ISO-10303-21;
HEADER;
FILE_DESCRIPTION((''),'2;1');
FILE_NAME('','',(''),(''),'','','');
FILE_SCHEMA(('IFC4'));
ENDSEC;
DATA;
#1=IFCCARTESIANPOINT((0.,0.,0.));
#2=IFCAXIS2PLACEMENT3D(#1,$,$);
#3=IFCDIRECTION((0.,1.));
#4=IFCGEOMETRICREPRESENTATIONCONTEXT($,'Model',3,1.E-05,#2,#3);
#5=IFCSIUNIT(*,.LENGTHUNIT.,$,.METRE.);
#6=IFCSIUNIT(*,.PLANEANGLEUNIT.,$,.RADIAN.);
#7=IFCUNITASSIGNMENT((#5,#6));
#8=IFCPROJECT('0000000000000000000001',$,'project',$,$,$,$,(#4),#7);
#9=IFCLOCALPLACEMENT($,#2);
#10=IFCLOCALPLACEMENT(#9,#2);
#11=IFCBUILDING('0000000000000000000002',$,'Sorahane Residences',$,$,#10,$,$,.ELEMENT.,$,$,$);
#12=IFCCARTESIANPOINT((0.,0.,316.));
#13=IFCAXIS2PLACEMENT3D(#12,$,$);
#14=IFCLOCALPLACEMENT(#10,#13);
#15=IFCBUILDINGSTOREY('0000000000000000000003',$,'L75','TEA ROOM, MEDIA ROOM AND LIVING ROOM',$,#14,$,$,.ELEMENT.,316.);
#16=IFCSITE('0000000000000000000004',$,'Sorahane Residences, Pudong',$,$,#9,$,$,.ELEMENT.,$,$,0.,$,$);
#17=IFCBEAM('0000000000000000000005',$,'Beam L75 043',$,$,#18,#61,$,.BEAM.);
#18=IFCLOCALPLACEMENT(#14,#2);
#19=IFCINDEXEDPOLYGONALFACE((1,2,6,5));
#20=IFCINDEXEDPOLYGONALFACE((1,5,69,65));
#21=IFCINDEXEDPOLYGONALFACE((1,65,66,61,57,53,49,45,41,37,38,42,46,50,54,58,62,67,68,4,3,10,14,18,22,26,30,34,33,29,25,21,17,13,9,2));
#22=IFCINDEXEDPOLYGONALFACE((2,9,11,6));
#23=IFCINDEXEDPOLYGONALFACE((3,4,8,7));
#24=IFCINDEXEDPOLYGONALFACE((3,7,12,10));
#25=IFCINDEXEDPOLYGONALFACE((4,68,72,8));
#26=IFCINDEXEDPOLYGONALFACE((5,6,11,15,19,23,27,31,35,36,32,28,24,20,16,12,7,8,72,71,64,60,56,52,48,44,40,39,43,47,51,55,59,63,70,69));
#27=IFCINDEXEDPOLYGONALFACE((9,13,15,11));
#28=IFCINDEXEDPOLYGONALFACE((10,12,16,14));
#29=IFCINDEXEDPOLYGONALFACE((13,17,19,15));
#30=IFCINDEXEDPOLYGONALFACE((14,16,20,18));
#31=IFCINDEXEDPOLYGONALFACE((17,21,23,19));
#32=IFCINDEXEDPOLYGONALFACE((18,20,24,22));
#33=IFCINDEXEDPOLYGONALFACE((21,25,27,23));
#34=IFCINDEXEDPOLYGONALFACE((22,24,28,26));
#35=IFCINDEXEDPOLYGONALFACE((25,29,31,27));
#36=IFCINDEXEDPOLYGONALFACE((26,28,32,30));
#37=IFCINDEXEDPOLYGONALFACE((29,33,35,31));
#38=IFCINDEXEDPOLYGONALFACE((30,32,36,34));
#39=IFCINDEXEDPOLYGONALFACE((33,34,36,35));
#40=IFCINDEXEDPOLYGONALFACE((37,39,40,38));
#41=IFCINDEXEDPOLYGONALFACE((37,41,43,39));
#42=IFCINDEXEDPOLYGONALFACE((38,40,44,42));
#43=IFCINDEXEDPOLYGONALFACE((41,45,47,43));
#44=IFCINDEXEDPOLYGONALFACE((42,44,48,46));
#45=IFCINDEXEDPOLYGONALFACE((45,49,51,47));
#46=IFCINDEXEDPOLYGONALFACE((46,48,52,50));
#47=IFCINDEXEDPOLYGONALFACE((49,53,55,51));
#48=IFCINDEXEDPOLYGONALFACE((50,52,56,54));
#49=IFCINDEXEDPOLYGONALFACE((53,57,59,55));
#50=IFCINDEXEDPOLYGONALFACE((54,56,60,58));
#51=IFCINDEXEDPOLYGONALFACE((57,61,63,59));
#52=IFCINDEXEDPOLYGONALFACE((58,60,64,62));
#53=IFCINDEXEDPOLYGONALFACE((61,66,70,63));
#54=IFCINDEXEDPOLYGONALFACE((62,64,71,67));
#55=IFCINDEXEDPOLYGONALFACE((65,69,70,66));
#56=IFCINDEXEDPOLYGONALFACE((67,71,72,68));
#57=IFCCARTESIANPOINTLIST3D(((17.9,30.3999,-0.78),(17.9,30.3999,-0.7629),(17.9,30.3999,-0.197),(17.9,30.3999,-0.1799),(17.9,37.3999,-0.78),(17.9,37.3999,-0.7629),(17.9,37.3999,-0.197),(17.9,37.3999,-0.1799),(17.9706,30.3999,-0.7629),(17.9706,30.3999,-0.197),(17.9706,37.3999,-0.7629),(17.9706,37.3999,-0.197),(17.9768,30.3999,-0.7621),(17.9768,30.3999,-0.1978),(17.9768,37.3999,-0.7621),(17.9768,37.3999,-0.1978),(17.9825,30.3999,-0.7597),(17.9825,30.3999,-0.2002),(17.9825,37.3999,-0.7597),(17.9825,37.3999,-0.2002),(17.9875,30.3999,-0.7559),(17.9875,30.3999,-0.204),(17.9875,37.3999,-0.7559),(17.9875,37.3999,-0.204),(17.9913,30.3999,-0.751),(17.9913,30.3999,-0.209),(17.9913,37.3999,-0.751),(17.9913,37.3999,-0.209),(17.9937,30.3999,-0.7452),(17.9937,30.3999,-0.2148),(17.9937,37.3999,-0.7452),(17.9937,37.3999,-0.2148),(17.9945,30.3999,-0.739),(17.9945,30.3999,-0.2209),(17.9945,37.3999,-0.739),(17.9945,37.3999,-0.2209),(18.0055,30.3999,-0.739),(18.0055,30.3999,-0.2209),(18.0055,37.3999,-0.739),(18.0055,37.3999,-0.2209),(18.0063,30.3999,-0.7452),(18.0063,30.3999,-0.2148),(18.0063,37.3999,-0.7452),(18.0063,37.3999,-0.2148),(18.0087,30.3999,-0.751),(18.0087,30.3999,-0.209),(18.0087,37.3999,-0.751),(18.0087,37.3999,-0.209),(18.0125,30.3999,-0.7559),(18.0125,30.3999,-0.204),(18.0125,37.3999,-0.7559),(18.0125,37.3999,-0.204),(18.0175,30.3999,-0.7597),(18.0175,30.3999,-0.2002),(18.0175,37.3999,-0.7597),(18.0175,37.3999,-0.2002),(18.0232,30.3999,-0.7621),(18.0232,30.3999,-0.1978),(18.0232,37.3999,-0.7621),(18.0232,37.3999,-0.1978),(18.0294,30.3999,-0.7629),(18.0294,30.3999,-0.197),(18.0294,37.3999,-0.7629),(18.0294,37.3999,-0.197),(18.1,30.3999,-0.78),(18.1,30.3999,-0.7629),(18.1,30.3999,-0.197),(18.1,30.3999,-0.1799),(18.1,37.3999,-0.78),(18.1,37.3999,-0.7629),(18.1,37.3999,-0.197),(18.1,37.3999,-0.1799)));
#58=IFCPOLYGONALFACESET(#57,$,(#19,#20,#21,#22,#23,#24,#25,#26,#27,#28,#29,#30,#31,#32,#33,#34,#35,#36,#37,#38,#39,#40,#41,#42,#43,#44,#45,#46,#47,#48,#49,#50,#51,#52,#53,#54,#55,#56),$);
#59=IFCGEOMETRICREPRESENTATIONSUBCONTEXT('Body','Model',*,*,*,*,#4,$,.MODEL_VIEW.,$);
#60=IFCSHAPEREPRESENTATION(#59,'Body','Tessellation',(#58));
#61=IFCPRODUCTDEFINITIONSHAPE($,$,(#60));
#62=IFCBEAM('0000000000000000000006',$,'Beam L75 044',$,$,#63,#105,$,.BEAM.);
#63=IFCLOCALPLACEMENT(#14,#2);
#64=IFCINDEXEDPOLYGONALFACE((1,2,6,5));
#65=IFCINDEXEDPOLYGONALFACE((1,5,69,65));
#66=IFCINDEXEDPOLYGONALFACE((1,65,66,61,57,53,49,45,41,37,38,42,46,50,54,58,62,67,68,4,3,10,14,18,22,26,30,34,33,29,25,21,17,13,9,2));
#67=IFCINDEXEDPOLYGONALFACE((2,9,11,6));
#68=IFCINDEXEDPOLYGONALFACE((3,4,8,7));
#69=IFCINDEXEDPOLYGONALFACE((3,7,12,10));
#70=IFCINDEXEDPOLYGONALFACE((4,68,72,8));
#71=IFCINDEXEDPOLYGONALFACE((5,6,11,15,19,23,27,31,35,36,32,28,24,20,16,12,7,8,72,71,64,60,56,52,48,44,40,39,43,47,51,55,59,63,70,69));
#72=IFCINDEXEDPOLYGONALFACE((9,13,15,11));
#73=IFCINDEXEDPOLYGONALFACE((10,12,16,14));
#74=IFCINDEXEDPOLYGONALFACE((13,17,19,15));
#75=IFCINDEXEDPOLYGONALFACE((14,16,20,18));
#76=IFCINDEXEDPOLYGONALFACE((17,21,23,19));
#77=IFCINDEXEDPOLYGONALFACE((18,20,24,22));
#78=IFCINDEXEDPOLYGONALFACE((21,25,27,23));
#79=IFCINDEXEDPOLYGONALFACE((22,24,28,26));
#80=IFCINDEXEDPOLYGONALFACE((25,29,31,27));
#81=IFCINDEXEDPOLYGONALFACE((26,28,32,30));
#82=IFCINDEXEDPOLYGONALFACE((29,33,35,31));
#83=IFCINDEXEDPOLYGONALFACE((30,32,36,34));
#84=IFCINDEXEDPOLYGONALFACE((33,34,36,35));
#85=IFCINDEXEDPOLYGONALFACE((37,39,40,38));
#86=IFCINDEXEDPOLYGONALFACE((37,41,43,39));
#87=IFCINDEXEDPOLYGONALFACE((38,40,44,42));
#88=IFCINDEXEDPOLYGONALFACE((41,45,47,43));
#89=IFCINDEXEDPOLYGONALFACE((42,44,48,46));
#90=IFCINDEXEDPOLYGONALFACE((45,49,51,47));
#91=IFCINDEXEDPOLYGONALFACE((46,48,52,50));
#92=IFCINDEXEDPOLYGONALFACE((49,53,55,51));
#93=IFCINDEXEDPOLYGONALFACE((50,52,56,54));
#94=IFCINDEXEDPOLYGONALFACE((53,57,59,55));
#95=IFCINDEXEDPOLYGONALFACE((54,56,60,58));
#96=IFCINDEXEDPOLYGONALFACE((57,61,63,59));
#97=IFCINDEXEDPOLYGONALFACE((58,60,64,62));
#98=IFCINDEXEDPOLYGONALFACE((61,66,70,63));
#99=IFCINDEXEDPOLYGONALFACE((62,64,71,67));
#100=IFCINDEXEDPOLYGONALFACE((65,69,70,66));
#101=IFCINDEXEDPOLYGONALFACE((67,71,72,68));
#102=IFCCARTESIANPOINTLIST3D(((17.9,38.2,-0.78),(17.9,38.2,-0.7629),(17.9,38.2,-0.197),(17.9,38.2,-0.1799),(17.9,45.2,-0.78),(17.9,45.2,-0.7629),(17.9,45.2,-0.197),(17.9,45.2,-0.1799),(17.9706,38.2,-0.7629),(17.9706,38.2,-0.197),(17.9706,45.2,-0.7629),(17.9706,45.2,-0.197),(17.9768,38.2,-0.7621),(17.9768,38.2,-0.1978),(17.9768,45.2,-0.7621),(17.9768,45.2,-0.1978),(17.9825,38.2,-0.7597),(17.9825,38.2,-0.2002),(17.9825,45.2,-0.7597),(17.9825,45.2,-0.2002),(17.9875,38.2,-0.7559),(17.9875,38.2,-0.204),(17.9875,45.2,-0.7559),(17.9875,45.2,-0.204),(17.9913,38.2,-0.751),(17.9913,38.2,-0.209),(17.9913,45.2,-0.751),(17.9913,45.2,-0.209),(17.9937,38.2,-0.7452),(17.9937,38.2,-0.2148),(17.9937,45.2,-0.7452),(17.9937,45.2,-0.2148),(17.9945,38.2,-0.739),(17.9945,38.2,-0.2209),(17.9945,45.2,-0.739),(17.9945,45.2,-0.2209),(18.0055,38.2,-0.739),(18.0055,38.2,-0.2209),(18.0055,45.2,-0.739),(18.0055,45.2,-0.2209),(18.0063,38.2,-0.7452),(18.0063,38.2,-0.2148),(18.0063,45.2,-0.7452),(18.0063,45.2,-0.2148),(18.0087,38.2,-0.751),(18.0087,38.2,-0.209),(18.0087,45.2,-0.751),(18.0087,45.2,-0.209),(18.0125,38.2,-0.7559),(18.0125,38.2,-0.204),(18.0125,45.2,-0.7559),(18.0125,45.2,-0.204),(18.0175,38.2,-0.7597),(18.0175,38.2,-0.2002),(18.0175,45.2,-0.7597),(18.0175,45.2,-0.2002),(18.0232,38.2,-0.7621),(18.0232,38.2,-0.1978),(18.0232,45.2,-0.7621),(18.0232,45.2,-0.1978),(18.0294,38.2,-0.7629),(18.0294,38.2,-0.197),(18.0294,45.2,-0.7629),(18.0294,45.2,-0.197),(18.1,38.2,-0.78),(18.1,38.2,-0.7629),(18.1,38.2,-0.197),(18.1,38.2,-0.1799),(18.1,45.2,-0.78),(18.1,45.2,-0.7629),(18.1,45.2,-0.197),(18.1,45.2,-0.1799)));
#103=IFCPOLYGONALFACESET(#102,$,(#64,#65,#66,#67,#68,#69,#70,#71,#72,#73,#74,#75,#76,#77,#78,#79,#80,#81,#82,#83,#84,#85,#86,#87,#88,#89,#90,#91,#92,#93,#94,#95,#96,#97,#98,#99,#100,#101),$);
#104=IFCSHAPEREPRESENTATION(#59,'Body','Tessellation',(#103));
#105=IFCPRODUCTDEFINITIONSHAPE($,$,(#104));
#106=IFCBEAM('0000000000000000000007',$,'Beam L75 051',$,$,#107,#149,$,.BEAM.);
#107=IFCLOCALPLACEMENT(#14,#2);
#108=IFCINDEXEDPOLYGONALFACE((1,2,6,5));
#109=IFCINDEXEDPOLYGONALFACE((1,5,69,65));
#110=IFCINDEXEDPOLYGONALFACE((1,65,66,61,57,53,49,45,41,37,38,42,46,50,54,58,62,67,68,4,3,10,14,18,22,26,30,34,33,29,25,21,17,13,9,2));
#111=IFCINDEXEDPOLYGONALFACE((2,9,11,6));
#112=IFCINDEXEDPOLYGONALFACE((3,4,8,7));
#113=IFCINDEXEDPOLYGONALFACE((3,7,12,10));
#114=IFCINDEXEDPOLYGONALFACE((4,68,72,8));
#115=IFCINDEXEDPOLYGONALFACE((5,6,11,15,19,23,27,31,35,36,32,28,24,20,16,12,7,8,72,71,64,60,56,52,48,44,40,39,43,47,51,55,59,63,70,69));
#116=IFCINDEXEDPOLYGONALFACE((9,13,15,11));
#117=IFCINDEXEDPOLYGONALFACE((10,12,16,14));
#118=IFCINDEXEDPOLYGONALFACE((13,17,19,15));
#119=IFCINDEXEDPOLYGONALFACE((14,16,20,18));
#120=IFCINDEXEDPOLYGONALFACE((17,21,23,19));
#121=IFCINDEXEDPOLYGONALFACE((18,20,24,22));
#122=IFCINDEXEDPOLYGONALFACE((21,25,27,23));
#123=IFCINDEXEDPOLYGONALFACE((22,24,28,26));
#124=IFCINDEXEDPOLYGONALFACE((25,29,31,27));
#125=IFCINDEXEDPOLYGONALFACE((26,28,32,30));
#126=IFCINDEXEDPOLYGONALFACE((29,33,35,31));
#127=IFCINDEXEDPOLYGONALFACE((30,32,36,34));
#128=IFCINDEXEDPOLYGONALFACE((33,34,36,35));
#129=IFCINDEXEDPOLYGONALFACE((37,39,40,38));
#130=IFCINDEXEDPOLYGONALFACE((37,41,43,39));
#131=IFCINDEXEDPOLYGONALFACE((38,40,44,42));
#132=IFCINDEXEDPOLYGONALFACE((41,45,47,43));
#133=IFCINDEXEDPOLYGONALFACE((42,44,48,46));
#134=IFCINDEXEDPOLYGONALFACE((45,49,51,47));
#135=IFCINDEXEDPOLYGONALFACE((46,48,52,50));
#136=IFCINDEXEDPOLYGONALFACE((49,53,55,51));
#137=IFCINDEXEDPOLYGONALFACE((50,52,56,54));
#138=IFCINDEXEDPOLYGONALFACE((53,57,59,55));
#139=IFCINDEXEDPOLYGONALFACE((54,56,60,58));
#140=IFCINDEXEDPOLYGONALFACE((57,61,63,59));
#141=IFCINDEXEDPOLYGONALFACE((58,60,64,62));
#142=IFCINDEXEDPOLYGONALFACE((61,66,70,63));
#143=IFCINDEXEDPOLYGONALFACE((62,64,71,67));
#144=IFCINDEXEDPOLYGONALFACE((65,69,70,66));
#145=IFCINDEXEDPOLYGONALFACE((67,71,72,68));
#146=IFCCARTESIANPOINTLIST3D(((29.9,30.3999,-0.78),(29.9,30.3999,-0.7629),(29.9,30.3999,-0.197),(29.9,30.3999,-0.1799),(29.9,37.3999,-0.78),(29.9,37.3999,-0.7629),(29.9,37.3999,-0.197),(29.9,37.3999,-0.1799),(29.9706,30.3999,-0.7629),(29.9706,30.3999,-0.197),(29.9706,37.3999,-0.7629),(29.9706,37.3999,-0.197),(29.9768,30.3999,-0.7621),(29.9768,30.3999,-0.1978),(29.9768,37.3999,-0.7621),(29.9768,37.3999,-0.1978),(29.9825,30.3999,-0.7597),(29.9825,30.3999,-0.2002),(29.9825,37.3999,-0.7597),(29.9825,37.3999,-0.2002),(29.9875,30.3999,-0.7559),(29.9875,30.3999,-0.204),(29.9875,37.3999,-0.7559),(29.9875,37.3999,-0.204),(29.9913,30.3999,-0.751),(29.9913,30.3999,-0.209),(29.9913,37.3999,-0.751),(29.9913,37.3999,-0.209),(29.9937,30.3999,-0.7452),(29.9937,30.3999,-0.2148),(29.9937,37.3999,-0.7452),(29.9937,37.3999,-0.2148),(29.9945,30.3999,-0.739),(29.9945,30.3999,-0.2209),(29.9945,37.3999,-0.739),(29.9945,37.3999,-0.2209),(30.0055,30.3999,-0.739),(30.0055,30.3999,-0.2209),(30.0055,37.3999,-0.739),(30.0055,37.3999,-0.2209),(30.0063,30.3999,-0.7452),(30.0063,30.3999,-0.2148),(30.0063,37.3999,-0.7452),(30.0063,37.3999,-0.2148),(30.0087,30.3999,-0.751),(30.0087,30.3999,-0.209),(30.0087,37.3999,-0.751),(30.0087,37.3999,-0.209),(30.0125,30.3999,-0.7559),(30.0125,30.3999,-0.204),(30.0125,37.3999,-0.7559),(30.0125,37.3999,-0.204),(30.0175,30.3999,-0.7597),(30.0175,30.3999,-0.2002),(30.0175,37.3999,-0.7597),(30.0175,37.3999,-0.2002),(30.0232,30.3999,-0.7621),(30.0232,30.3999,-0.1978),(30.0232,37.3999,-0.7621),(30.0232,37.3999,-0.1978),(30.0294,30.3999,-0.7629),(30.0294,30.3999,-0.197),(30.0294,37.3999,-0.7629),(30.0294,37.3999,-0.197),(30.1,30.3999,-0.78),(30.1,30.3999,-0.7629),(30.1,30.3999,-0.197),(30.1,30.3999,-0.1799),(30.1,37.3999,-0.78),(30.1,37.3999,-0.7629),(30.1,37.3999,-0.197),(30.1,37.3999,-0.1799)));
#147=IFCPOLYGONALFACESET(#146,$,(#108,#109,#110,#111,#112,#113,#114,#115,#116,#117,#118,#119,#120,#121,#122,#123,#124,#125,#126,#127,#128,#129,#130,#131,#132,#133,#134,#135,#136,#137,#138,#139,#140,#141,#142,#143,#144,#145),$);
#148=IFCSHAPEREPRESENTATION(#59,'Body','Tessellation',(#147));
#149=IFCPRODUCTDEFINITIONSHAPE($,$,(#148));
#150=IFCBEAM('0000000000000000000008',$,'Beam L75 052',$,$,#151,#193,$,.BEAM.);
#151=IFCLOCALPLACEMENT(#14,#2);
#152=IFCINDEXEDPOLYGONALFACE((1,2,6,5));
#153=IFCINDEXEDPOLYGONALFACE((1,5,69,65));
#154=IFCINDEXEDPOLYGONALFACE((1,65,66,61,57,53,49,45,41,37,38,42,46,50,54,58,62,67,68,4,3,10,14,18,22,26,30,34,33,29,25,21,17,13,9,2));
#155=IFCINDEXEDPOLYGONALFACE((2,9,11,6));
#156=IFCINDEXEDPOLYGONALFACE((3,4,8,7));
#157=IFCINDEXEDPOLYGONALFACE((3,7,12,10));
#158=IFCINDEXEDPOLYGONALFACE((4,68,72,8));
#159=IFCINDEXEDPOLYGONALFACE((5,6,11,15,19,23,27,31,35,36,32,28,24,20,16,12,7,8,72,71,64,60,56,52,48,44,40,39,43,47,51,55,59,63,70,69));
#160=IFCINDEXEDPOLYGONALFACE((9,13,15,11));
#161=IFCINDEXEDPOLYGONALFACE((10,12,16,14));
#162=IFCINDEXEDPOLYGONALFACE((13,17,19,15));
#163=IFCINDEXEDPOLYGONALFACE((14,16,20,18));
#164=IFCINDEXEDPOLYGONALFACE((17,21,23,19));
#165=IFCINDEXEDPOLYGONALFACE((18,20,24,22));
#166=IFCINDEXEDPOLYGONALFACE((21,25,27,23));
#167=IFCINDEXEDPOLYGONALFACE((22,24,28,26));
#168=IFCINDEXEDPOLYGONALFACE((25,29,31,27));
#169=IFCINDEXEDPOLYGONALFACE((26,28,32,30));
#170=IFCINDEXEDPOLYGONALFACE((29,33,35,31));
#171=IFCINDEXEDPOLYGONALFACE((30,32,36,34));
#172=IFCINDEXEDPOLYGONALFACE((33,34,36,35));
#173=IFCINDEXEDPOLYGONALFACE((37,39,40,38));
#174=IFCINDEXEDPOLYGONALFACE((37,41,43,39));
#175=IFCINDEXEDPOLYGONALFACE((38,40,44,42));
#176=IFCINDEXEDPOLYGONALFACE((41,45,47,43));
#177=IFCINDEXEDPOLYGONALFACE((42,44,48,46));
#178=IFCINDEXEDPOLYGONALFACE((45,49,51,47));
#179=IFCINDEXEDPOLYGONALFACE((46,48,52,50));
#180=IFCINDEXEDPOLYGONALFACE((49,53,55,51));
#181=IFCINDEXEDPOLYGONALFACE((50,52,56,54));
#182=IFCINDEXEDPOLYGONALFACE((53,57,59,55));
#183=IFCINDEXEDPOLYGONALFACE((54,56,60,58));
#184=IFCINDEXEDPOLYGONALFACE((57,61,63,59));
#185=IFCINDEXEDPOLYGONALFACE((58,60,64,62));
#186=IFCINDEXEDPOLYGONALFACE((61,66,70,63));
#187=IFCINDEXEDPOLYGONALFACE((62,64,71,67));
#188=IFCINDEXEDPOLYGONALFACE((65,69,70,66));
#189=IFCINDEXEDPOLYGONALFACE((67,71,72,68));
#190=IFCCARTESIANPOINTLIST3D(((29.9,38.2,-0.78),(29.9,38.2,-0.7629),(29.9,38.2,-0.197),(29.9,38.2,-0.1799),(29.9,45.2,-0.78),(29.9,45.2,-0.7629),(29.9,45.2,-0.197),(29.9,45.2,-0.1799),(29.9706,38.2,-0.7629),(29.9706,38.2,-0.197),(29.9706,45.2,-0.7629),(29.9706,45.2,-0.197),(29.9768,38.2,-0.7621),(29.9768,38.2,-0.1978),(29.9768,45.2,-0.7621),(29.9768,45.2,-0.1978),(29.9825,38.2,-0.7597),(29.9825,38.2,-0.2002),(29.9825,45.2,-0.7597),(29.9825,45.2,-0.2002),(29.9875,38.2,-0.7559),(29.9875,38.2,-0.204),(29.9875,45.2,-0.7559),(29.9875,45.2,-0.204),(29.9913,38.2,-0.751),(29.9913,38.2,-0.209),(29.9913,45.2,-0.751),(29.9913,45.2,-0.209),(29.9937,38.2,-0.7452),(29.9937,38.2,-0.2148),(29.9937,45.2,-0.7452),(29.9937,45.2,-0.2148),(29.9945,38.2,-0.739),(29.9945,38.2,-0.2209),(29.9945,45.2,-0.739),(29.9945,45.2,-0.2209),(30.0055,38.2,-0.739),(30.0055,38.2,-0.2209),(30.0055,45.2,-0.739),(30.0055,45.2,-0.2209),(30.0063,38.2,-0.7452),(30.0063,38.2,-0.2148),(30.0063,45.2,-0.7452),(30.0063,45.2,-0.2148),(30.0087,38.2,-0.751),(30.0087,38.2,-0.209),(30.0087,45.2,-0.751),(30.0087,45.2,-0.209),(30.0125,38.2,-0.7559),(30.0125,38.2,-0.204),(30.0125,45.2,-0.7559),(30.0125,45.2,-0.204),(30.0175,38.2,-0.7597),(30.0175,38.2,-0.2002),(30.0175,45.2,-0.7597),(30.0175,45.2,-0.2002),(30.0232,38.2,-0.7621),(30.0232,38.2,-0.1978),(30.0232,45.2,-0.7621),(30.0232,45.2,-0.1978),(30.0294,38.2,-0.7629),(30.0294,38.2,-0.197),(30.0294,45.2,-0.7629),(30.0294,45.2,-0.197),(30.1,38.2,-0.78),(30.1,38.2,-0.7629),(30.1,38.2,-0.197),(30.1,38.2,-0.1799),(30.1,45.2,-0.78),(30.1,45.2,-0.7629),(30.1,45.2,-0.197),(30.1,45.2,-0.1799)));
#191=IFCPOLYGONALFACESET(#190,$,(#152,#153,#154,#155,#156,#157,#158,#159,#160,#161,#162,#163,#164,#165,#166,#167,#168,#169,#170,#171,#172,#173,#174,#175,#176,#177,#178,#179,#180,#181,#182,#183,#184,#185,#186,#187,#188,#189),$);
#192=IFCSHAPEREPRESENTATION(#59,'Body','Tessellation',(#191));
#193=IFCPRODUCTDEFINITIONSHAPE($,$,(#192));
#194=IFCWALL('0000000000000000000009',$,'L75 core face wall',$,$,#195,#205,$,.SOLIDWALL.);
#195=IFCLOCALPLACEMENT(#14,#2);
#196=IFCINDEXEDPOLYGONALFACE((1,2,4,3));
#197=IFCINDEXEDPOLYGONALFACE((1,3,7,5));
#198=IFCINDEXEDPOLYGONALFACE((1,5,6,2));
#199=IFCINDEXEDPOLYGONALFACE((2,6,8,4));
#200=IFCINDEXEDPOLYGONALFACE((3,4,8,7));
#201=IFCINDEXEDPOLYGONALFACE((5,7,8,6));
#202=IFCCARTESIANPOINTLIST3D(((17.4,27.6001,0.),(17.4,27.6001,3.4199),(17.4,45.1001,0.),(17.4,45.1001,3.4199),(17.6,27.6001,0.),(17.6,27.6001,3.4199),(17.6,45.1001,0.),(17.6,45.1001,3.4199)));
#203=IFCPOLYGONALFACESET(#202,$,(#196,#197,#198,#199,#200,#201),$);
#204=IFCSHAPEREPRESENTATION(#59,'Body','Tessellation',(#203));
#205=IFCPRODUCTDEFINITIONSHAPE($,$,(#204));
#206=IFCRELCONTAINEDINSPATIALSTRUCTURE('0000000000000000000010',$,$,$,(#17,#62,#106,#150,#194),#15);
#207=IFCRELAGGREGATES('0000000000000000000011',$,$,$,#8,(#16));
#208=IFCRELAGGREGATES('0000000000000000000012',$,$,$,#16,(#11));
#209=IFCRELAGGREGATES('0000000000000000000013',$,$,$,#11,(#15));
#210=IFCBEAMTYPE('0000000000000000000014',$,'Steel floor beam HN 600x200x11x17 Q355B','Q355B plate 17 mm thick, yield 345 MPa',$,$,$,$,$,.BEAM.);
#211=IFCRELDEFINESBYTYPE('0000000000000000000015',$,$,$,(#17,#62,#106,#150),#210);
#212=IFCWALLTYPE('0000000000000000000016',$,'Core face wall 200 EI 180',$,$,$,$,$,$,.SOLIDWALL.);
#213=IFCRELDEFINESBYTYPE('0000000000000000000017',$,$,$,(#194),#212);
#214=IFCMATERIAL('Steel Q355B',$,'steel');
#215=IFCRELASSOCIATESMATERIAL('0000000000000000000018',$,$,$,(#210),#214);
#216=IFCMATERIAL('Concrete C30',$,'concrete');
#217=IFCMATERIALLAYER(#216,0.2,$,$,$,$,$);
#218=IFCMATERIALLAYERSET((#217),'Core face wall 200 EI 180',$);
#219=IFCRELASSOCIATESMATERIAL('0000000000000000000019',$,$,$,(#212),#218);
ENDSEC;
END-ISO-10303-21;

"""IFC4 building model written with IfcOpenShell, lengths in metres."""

from ifc_helpers import new_model, si_unit, direction, frame, frame_2d, origin, origin_2d, place, context, subcontext, project, spatial, rectangle, i_section, extrude, material, layer, layer_set, material_profile, profile_set, type_object, element, save


model = new_model("IFC4")

# Units and contexts
model_context = context("Model", 3, precision=1e-05, world=origin(), true_north=direction((0.0, 1.0)))
body_context = subcontext(model_context, "Body", "Model", "MODEL_VIEW")
ifc_project = project(units=[si_unit("LENGTHUNIT", "METRE"), si_unit("PLANEANGLEUNIT", "RADIAN")], contexts=[model_context])

# Site, building, storey
site_placement = place(None, origin())
site = spatial("IfcSite", under=ifc_project, at=site_placement, Name="Sorahane Residences, Pudong", CompositionType="ELEMENT", RefElevation=0.0)
building_placement = place(site_placement, origin())
building = spatial("IfcBuilding", under=site, at=building_placement, Name="Sorahane Residences", CompositionType="ELEMENT")
storey_placement = place(building_placement, frame((0.0, 0.0, 316.0)))
storey = spatial("IfcBuildingStorey", under=building, at=storey_placement, Name="L75", Description="TEA ROOM, MEDIA ROOM AND LIVING ROOM", CompositionType="ELEMENT", Elevation=316.0)

# Beams
ifc_material_1 = material(Name="Steel Q355B", Category="steel")
ifc_material_profile_1 = material_profile(ifc_material_1, i_section(OverallWidth=0.2, OverallDepth=0.6001, WebThickness=0.011, FlangeThickness=0.0171, FilletRadius=0.0239, at=origin_2d()), Name="HN 600x200x11x17")
ifc_profile_set_1 = profile_set([ifc_material_profile_1], Name="Steel Q355B")
beam_type_1 = type_object("IfcBeamType", Name="Steel floor beam HN 600x200x11x17 Q355B", Description="Q355B plate 17 mm thick, yield 345 MPa", PredefinedType="BEAM", material=ifc_profile_set_1)
for number, where, z_axis, x_axis, name in (
    (1, (18.0, 30.3999, -0.48), (0.0, 1.0, 0.0), (-1.0, 0.0, 0.0), "Beam L75 043"),
    (2, (18.0, 38.2, -0.48), (0.0, 1.0, 0.0), (-1.0, 0.0, 0.0), "Beam L75 044"),
    (3, (30.0, 30.3999, -0.48), (0.0, 1.0, 0.0), (-1.0, 0.0, 0.0), "Beam L75 051"),
    (4, (30.0, 38.2, -0.48), (0.0, 1.0, 0.0), (-1.0, 0.0, 0.0), "Beam L75 052"),
):
    element("IfcBeam", number, at=place(storey_placement, frame(where, z_axis=z_axis, x_axis=x_axis)), inside=storey, type_object=beam_type_1, Name=name, PredefinedType="BEAM", context=body_context, shape_type="SweptSolid", body=[
        extrude(i_section(OverallWidth=0.2, OverallDepth=0.6001, WebThickness=0.011, FlangeThickness=0.0171, FilletRadius=0.0239, at=origin_2d()), origin(), (0.0, 0.0, 1.0), 7.0),
    ])

# Wall
ifc_material_2 = material(Name="Concrete C30", Category="concrete")
ifc_layer_1 = layer(ifc_material_2, 0.2)
ifc_layer_set_1 = layer_set([ifc_layer_1], Name="Core face wall 200 EI 180")
wall_type_1 = type_object("IfcWallType", Name="Core face wall 200 EI 180", PredefinedType="SOLIDWALL", material=ifc_layer_set_1)
for number, where, z_axis, x_axis, name in (
    (5, (17.5, 27.6001, 0.0), (0.0, 0.0, 1.0), (0.0, 1.0, 0.0), "L75 core face wall"),
):
    element("IfcWall", number, at=place(storey_placement, frame(where, z_axis=z_axis, x_axis=x_axis)), inside=storey, type_object=wall_type_1, Name=name, PredefinedType="SOLIDWALL", context=body_context, shape_type="SweptSolid", body=[
        extrude(rectangle(XDim=17.5, YDim=0.2, at=frame_2d((8.75, 0.0))), origin(), (0.0, 0.0, 1.0), 3.4199),
    ])

save(model, "model.ifc")
